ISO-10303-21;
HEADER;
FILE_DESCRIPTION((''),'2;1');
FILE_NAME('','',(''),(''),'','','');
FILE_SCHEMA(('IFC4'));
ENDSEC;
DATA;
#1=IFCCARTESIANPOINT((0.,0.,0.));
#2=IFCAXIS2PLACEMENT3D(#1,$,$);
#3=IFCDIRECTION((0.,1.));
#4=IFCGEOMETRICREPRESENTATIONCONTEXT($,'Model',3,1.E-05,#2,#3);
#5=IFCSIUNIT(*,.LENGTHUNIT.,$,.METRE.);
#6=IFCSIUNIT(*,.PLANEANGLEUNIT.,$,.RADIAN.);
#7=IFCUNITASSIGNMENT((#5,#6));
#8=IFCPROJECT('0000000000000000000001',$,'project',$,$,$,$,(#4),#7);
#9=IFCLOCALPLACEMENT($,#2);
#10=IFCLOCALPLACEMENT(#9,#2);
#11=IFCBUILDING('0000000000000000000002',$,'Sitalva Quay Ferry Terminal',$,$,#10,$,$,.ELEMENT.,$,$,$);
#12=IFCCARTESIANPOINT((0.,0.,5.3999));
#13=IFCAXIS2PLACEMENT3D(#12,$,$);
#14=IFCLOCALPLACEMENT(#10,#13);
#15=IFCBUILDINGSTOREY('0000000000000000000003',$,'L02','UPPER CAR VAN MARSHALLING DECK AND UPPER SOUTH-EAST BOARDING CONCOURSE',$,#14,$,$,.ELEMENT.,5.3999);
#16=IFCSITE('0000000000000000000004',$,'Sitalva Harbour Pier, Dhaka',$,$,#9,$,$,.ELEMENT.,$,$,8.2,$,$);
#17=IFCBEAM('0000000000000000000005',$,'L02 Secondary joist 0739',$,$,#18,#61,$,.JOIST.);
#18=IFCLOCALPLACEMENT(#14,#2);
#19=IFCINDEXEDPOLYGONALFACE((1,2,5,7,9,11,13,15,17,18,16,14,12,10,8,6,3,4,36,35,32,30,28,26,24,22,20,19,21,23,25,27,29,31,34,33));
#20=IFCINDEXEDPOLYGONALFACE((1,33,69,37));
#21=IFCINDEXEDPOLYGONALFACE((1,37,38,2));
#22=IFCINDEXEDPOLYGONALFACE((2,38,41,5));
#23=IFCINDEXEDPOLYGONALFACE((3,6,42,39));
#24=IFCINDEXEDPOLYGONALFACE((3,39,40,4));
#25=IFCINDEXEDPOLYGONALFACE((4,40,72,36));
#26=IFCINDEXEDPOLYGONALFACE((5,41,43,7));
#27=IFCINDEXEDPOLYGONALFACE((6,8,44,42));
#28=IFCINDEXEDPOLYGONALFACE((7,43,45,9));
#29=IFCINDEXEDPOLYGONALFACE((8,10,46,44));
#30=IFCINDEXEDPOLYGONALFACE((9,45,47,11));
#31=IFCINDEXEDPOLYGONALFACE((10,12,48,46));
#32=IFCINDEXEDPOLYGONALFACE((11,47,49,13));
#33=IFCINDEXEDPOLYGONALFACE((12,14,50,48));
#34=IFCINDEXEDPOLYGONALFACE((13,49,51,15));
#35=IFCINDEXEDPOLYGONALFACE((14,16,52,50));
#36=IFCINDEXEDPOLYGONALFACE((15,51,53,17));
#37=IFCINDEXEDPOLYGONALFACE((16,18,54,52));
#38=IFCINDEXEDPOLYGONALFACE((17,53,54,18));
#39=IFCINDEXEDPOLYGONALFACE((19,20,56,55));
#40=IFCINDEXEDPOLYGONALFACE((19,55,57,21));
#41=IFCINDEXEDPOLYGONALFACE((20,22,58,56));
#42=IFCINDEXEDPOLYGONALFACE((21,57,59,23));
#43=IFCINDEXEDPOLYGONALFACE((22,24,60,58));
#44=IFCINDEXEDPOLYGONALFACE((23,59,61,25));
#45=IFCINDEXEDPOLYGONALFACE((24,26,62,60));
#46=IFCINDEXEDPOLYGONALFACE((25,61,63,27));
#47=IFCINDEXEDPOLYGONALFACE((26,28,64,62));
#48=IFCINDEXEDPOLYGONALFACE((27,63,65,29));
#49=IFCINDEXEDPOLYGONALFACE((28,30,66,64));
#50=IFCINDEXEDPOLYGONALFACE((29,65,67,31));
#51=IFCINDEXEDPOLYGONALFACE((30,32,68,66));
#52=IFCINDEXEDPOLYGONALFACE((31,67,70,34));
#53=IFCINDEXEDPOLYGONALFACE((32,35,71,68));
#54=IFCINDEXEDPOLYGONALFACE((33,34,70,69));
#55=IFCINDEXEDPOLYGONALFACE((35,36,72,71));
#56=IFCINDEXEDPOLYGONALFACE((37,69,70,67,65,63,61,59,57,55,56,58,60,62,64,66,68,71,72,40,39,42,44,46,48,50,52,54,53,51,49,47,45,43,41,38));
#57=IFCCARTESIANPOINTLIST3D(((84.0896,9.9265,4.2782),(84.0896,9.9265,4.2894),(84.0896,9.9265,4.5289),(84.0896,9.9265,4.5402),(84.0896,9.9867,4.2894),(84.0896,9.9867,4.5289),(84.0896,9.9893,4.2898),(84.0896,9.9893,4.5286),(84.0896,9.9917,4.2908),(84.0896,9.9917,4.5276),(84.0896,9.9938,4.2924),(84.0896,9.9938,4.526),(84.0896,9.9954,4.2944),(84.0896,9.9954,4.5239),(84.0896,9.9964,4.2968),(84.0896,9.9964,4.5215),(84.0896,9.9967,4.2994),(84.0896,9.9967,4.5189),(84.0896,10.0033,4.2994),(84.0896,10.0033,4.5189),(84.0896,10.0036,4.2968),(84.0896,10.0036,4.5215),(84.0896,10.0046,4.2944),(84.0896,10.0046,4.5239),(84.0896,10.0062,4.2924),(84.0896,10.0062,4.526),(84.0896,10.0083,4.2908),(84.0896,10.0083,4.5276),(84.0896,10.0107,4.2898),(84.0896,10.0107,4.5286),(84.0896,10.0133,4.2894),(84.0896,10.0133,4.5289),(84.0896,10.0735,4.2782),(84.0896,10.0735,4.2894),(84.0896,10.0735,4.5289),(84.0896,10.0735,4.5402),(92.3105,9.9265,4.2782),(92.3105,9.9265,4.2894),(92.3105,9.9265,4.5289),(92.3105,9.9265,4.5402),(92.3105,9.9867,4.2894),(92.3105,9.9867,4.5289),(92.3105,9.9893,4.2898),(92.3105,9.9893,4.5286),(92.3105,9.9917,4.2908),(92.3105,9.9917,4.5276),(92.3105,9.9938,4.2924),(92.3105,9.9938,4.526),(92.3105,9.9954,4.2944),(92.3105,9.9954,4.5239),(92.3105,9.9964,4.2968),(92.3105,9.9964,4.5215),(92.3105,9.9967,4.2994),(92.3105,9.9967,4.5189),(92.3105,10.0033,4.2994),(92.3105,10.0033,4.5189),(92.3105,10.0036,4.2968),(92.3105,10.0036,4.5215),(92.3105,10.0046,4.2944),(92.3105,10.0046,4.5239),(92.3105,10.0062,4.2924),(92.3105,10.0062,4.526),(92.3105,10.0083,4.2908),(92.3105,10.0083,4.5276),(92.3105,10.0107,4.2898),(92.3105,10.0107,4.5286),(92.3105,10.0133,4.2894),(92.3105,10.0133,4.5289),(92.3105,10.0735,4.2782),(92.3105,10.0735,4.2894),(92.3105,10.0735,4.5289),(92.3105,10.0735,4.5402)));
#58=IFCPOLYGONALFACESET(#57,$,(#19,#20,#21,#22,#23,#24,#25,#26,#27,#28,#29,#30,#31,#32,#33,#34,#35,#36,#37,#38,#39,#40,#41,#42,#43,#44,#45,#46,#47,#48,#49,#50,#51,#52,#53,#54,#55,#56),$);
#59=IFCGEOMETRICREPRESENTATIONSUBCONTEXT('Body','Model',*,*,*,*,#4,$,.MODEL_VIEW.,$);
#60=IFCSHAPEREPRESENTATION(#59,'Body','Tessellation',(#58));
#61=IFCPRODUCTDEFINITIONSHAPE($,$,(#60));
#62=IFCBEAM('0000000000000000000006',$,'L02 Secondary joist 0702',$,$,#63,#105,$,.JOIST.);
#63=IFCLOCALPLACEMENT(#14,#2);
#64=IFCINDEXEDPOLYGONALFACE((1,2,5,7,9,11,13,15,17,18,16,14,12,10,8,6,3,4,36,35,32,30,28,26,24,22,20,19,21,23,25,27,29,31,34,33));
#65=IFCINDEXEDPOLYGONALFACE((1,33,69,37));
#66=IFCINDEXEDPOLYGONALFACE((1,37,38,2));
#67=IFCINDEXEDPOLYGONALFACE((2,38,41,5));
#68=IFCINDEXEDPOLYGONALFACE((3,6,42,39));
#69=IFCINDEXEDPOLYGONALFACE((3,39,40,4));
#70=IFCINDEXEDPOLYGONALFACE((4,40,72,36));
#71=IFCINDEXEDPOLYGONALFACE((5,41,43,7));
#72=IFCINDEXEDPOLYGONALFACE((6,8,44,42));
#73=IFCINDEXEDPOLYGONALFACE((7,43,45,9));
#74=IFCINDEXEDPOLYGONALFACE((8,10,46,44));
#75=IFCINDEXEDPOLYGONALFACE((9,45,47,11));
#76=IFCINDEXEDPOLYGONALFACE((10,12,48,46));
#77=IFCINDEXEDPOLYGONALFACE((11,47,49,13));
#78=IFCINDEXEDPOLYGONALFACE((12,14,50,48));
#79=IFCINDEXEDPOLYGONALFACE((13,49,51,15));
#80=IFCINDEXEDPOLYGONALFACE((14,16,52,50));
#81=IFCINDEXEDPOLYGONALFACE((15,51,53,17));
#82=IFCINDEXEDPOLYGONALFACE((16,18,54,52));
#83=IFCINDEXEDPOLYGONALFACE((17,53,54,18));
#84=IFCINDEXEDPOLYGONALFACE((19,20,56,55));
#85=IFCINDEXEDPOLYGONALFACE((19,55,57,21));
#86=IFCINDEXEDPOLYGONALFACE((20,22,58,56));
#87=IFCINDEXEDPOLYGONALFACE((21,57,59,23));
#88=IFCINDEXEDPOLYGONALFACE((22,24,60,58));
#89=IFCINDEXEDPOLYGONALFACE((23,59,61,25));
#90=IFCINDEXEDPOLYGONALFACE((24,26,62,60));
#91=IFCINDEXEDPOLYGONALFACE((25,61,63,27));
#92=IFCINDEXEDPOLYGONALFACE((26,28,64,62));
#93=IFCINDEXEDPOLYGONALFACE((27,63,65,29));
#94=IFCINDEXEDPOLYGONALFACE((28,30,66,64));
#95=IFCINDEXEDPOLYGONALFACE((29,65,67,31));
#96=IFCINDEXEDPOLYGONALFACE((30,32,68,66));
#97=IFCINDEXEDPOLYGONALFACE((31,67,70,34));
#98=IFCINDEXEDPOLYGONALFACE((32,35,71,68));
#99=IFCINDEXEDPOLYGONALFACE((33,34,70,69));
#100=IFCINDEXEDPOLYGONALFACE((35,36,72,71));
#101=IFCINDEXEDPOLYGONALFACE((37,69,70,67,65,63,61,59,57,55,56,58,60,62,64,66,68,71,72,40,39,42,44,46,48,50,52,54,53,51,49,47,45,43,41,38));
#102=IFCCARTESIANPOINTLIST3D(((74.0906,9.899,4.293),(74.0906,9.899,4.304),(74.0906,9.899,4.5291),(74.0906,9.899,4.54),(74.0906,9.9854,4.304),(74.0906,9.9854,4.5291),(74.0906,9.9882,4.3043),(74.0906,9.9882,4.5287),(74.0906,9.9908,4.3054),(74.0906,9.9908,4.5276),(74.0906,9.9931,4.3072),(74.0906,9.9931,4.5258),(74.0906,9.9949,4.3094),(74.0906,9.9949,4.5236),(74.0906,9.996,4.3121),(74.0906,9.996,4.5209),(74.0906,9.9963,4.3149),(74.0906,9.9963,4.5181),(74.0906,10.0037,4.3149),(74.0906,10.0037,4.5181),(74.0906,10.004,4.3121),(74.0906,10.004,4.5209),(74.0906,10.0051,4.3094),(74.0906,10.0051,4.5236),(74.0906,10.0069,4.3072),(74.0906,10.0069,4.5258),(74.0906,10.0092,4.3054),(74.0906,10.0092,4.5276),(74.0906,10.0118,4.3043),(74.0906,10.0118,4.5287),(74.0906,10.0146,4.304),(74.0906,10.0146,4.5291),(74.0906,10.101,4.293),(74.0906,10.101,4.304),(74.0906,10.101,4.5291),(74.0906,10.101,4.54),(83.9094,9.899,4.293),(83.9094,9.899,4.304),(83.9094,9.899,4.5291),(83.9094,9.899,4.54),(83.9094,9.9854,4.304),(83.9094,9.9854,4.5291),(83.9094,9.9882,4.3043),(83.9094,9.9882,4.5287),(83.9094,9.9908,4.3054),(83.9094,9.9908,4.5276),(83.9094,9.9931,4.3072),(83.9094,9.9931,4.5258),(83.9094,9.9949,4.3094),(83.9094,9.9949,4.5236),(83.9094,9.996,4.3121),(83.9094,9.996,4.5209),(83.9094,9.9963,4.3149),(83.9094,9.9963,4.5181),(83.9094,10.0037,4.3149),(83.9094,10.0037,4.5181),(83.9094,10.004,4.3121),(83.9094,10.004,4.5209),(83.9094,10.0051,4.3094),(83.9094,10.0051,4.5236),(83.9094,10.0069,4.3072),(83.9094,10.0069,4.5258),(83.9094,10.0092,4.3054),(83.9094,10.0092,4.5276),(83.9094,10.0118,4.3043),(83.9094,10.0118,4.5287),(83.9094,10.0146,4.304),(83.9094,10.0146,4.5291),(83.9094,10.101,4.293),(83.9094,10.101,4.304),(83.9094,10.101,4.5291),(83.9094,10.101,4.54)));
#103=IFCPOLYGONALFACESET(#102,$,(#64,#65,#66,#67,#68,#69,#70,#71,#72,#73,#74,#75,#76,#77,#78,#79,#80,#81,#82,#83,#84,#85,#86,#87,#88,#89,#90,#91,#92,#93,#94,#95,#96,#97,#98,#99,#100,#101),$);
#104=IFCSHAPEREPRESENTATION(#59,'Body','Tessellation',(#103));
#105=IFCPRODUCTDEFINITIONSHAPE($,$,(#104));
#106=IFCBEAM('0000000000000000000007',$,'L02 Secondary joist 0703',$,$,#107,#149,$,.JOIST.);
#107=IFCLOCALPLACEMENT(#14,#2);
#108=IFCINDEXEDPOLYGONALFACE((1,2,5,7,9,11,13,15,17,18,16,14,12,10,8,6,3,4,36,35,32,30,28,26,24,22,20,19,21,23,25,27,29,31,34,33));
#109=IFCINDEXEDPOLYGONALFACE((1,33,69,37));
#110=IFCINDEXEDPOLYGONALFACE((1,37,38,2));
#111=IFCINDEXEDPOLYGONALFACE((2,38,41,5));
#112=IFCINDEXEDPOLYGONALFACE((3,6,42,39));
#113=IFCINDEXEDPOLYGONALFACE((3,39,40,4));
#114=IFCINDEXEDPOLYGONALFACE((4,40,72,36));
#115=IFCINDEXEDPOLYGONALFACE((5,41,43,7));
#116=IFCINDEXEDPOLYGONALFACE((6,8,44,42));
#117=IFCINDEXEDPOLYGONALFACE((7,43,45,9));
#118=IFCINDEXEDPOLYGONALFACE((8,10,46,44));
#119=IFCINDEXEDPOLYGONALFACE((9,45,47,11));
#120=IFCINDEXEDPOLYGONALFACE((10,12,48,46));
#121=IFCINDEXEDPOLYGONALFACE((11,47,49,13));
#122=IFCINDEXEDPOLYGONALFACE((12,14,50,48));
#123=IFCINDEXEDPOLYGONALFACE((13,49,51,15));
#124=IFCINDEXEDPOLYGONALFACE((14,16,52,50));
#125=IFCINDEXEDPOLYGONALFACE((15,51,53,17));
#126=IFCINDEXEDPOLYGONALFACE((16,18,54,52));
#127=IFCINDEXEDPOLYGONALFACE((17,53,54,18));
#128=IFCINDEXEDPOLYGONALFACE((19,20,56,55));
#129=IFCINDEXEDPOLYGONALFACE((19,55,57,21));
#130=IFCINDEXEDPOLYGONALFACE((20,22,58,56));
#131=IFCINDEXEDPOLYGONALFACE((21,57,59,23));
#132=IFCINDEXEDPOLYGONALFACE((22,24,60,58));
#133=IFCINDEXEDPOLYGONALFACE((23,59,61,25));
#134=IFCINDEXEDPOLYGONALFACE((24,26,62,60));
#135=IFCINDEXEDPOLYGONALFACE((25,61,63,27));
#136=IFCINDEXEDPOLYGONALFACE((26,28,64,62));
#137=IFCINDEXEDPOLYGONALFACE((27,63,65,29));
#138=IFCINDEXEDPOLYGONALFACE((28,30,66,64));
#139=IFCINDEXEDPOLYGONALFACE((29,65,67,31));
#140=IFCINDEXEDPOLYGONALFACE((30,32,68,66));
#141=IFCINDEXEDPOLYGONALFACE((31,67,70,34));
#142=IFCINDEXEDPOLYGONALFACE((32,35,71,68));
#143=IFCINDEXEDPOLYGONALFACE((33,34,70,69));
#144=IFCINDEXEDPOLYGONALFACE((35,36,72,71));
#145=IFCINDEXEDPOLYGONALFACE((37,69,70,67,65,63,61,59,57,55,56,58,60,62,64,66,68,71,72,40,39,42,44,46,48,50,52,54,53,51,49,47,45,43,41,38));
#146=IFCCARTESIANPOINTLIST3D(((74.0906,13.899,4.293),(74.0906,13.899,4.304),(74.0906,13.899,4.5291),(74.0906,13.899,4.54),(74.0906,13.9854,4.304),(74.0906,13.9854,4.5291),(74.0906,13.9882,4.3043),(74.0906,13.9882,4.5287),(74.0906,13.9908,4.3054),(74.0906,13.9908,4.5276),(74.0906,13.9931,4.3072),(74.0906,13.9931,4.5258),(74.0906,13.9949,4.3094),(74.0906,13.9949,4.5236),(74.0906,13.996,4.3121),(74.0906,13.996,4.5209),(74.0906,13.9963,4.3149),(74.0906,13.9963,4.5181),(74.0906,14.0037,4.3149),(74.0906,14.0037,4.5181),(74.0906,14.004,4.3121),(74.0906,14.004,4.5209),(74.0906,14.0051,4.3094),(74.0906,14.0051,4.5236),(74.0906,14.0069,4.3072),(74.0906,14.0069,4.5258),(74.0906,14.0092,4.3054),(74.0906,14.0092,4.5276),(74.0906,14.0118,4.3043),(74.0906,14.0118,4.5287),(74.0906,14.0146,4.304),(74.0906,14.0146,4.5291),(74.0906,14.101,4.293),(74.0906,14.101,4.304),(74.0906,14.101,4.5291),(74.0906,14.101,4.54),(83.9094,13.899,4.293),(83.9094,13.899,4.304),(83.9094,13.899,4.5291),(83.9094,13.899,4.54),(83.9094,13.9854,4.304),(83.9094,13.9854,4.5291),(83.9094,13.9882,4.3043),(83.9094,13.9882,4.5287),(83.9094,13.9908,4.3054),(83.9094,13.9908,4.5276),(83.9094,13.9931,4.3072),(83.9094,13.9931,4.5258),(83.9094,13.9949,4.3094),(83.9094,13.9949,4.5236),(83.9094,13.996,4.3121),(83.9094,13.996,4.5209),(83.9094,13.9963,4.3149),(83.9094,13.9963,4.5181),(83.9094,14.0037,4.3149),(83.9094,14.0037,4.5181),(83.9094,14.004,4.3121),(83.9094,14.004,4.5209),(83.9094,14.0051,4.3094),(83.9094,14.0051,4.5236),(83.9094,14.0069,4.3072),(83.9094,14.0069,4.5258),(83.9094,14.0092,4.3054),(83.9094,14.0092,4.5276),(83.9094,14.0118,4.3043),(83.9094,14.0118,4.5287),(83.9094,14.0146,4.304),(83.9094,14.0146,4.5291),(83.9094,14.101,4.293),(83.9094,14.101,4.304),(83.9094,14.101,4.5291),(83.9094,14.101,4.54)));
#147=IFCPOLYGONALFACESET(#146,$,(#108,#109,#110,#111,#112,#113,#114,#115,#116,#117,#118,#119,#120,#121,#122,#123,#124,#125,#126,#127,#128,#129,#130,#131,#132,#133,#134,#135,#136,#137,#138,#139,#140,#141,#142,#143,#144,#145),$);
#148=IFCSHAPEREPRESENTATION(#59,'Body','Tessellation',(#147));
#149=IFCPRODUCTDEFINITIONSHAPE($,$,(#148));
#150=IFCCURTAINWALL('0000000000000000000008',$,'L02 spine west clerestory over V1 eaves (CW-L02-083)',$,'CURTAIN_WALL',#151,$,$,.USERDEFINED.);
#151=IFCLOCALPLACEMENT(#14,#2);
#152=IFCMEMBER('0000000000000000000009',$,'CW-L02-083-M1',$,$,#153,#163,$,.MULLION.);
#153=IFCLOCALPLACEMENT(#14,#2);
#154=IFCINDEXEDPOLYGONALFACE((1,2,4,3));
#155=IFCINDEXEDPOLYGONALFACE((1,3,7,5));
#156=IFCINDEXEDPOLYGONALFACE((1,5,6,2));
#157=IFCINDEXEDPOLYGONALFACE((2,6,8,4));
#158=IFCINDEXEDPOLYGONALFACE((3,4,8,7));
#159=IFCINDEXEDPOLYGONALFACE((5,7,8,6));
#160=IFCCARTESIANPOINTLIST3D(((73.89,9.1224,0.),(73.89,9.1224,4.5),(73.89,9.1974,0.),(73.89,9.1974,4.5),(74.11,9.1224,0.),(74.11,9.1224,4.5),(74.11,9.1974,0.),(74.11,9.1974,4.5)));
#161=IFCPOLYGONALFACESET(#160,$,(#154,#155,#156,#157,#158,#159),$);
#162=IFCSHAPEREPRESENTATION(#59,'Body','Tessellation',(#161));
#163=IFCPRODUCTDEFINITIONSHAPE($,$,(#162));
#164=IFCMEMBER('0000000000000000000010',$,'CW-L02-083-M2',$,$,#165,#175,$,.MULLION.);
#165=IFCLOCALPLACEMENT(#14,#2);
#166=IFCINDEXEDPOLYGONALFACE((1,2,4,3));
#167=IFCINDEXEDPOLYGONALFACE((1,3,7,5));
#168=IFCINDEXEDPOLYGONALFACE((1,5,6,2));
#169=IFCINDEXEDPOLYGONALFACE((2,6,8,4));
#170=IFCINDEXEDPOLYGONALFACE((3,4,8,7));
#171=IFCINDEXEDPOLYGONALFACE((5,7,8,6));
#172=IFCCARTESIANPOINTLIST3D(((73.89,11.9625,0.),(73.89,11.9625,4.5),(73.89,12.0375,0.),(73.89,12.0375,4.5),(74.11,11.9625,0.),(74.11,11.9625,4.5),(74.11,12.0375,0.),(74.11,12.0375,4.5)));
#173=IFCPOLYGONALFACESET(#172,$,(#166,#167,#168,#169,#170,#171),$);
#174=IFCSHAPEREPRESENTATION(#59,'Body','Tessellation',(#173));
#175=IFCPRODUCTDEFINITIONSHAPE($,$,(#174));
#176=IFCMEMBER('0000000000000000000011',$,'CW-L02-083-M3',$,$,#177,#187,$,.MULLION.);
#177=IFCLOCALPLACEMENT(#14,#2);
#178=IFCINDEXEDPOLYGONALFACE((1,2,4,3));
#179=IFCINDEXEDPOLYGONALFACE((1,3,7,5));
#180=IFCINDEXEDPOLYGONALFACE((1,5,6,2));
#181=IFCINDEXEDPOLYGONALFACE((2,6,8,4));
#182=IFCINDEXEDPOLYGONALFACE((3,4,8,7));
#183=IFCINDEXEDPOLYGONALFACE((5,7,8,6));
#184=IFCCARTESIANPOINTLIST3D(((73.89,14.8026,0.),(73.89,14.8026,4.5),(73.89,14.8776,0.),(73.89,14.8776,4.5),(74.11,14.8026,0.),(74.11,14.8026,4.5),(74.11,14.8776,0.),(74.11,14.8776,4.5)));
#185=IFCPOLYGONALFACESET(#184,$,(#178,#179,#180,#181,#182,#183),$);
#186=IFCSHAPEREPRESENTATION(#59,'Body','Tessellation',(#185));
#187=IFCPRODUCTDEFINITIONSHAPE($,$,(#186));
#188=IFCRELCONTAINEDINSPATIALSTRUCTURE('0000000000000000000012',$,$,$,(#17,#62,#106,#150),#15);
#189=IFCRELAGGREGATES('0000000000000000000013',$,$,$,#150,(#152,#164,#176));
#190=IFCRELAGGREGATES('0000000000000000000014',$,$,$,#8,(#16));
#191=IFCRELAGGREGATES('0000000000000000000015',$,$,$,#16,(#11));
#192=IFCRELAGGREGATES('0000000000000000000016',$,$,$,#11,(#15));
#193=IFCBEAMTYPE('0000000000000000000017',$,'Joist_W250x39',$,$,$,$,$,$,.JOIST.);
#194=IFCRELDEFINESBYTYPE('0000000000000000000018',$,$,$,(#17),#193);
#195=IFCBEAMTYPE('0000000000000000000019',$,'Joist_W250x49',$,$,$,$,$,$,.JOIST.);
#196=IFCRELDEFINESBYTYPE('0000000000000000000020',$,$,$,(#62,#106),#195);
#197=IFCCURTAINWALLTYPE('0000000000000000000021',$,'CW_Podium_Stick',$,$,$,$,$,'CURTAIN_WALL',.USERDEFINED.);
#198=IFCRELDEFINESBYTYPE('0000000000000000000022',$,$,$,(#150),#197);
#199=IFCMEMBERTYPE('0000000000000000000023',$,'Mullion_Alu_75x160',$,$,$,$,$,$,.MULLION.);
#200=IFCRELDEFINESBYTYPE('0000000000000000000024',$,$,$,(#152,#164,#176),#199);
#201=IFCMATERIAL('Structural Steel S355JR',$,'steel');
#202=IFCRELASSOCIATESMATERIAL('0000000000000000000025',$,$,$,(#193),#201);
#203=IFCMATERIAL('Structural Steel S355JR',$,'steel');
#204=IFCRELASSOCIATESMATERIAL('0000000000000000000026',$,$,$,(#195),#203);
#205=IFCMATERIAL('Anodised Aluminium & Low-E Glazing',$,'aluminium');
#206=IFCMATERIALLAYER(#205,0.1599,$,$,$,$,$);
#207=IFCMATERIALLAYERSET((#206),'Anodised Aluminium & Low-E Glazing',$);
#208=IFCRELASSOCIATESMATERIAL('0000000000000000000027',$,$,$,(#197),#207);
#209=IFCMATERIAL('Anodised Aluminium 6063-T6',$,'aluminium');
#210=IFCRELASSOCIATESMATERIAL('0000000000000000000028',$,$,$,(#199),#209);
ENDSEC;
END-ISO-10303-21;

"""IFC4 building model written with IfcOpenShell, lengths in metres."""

from ifc_helpers import new_model, si_unit, direction, frame, origin, origin_2d, place, context, subcontext, project, spatial, rectangle, i_section, extrude, material, layer, layer_set, material_profile, profile_set, type_object, element, aggregate, save


model = new_model("IFC4")

# Units and contexts
model_context = context("Model", 3, precision=1e-05, world=origin(), true_north=direction((0.0, 1.0)))
body_context = subcontext(model_context, "Body", "Model", "MODEL_VIEW")
ifc_project = project(units=[si_unit("LENGTHUNIT", "METRE"), si_unit("PLANEANGLEUNIT", "RADIAN")], contexts=[model_context])

# Site, building, storey
site_placement = place(None, origin())
site = spatial("IfcSite", under=ifc_project, at=site_placement, Name="Sitalva Harbour Pier, Dhaka", CompositionType="ELEMENT", RefElevation=8.2)
building_placement = place(site_placement, origin())
building = spatial("IfcBuilding", under=site, at=building_placement, Name="Sitalva Quay Ferry Terminal", CompositionType="ELEMENT")
storey_placement = place(building_placement, frame((0.0, 0.0, 5.3999)))
storey = spatial("IfcBuildingStorey", under=building, at=storey_placement, Name="L02", Description="UPPER CAR VAN MARSHALLING DECK AND UPPER SOUTH-EAST BOARDING CONCOURSE", CompositionType="ELEMENT", Elevation=5.3999)

# Beams
ifc_material_1 = material(Name="Structural Steel S355JR", Category="steel")
ifc_material_profile_1 = material_profile(ifc_material_1, i_section(OverallWidth=0.147, OverallDepth=0.262, WebThickness=0.0066, FlangeThickness=0.0112, FilletRadius=0.01, at=origin_2d()), Name="W250x39")
ifc_profile_set_1 = profile_set([ifc_material_profile_1], Name="Structural Steel S355JR")
beam_type_1 = type_object("IfcBeamType", Name="Joist_W250x39", PredefinedType="JOIST", material=ifc_profile_set_1)
beam_placement = place(storey_placement, frame((84.0896, 10.0, 4.4092), z_axis=(1.0, 0.0, 0.0), x_axis=(0.0, 1.0, 0.0)))
element("IfcBeam", 1, at=beam_placement, inside=storey, type_object=beam_type_1, Name="L02 Secondary joist 0739", PredefinedType="JOIST", context=body_context, shape_type="SweptSolid", body=[
    extrude(i_section(OverallWidth=0.147, OverallDepth=0.262, WebThickness=0.0066, FlangeThickness=0.0112, FilletRadius=0.01, at=origin_2d()), origin(), (0.0, 0.0, 1.0), 8.2209),
])
ifc_material_2 = material(Name="Structural Steel S355JR", Category="steel")
ifc_material_profile_2 = material_profile(ifc_material_2, i_section(OverallWidth=0.2019, OverallDepth=0.2471, WebThickness=0.0073, FlangeThickness=0.011, FilletRadius=0.011, at=origin_2d()), Name="W250x49")
ifc_profile_set_2 = profile_set([ifc_material_profile_2], Name="Structural Steel S355JR")
beam_type_2 = type_object("IfcBeamType", Name="Joist_W250x49", PredefinedType="JOIST", material=ifc_profile_set_2)
for number, where, z_axis, x_axis, name in (
    (2, (74.0906, 10.0, 4.4165), (1.0, 0.0, 0.0), (0.0, 1.0, 0.0), "L02 Secondary joist 0702"),
    (3, (74.0906, 14.0, 4.4165), (1.0, 0.0, 0.0), (0.0, 1.0, 0.0), "L02 Secondary joist 0703"),
):
    element("IfcBeam", number, at=place(storey_placement, frame(where, z_axis=z_axis, x_axis=x_axis)), inside=storey, type_object=beam_type_2, Name=name, PredefinedType="JOIST", context=body_context, shape_type="SweptSolid", body=[
        extrude(i_section(OverallWidth=0.2019, OverallDepth=0.2471, WebThickness=0.0073, FlangeThickness=0.011, FilletRadius=0.011, at=origin_2d()), origin(), (0.0, 0.0, 1.0), 9.8188),
    ])

# Curtain wall, members
ifc_material_3 = material(Name="Anodised Aluminium & Low-E Glazing", Category="aluminium")
ifc_layer_1 = layer(ifc_material_3, 0.1599)
ifc_layer_set_1 = layer_set([ifc_layer_1], Name="Anodised Aluminium & Low-E Glazing")
curtain_wall_type = type_object("IfcCurtainWallType", Name="CW_Podium_Stick", ElementType="CURTAIN_WALL", PredefinedType="USERDEFINED", material=ifc_layer_set_1)
curtain_wall_placement = place(storey_placement, origin())
curtain_wall = element("IfcCurtainWall", 4, at=curtain_wall_placement, inside=storey, type_object=curtain_wall_type, Name="L02 spine west clerestory over V1 eaves (CW-L02-083)", ObjectType="CURTAIN_WALL", PredefinedType="USERDEFINED")
ifc_material_4 = material(Name="Anodised Aluminium 6063-T6", Category="aluminium")
ifc_material_profile_3 = material_profile(ifc_material_4, rectangle(XDim=0.075, YDim=0.22, at=origin_2d()), Name="ALU75x220")
ifc_profile_set_3 = profile_set([ifc_material_profile_3], Name="Anodised Aluminium 6063-T6")
member_type_1 = type_object("IfcMemberType", Name="Mullion_Alu_75x160", PredefinedType="MULLION", material=ifc_profile_set_3)
member_1_placement = place(storey_placement, frame((74.0, 9.1599, 0.0), z_axis=(0.0, 0.0, 1.0), x_axis=(0.0, 1.0, 0.0)))
member_1 = element("IfcMember", 5, at=member_1_placement, type_object=member_type_1, Name="CW-L02-083-M1", PredefinedType="MULLION", context=body_context, shape_type="SweptSolid", body=[
    extrude(rectangle(XDim=0.075, YDim=0.22, at=origin_2d()), origin(), (0.0, 0.0, 1.0), 4.5),
])
member_2_placement = place(storey_placement, frame((74.0, 12.0, 0.0), z_axis=(0.0, 0.0, 1.0), x_axis=(0.0, 1.0, 0.0)))
member_2 = element("IfcMember", 6, at=member_2_placement, type_object=member_type_1, Name="CW-L02-083-M2", PredefinedType="MULLION", context=body_context, shape_type="SweptSolid", body=[
    extrude(rectangle(XDim=0.075, YDim=0.22, at=origin_2d()), origin(), (0.0, 0.0, 1.0), 4.5),
])
member_3_placement = place(storey_placement, frame((74.0, 14.8401, 0.0), z_axis=(0.0, 0.0, 1.0), x_axis=(0.0, 1.0, 0.0)))
member_3 = element("IfcMember", 7, at=member_3_placement, type_object=member_type_1, Name="CW-L02-083-M3", PredefinedType="MULLION", context=body_context, shape_type="SweptSolid", body=[
    extrude(rectangle(XDim=0.075, YDim=0.22, at=origin_2d()), origin(), (0.0, 0.0, 1.0), 4.5),
])
aggregate(curtain_wall, [member_1, member_2, member_3])

save(model, "model.ifc")
